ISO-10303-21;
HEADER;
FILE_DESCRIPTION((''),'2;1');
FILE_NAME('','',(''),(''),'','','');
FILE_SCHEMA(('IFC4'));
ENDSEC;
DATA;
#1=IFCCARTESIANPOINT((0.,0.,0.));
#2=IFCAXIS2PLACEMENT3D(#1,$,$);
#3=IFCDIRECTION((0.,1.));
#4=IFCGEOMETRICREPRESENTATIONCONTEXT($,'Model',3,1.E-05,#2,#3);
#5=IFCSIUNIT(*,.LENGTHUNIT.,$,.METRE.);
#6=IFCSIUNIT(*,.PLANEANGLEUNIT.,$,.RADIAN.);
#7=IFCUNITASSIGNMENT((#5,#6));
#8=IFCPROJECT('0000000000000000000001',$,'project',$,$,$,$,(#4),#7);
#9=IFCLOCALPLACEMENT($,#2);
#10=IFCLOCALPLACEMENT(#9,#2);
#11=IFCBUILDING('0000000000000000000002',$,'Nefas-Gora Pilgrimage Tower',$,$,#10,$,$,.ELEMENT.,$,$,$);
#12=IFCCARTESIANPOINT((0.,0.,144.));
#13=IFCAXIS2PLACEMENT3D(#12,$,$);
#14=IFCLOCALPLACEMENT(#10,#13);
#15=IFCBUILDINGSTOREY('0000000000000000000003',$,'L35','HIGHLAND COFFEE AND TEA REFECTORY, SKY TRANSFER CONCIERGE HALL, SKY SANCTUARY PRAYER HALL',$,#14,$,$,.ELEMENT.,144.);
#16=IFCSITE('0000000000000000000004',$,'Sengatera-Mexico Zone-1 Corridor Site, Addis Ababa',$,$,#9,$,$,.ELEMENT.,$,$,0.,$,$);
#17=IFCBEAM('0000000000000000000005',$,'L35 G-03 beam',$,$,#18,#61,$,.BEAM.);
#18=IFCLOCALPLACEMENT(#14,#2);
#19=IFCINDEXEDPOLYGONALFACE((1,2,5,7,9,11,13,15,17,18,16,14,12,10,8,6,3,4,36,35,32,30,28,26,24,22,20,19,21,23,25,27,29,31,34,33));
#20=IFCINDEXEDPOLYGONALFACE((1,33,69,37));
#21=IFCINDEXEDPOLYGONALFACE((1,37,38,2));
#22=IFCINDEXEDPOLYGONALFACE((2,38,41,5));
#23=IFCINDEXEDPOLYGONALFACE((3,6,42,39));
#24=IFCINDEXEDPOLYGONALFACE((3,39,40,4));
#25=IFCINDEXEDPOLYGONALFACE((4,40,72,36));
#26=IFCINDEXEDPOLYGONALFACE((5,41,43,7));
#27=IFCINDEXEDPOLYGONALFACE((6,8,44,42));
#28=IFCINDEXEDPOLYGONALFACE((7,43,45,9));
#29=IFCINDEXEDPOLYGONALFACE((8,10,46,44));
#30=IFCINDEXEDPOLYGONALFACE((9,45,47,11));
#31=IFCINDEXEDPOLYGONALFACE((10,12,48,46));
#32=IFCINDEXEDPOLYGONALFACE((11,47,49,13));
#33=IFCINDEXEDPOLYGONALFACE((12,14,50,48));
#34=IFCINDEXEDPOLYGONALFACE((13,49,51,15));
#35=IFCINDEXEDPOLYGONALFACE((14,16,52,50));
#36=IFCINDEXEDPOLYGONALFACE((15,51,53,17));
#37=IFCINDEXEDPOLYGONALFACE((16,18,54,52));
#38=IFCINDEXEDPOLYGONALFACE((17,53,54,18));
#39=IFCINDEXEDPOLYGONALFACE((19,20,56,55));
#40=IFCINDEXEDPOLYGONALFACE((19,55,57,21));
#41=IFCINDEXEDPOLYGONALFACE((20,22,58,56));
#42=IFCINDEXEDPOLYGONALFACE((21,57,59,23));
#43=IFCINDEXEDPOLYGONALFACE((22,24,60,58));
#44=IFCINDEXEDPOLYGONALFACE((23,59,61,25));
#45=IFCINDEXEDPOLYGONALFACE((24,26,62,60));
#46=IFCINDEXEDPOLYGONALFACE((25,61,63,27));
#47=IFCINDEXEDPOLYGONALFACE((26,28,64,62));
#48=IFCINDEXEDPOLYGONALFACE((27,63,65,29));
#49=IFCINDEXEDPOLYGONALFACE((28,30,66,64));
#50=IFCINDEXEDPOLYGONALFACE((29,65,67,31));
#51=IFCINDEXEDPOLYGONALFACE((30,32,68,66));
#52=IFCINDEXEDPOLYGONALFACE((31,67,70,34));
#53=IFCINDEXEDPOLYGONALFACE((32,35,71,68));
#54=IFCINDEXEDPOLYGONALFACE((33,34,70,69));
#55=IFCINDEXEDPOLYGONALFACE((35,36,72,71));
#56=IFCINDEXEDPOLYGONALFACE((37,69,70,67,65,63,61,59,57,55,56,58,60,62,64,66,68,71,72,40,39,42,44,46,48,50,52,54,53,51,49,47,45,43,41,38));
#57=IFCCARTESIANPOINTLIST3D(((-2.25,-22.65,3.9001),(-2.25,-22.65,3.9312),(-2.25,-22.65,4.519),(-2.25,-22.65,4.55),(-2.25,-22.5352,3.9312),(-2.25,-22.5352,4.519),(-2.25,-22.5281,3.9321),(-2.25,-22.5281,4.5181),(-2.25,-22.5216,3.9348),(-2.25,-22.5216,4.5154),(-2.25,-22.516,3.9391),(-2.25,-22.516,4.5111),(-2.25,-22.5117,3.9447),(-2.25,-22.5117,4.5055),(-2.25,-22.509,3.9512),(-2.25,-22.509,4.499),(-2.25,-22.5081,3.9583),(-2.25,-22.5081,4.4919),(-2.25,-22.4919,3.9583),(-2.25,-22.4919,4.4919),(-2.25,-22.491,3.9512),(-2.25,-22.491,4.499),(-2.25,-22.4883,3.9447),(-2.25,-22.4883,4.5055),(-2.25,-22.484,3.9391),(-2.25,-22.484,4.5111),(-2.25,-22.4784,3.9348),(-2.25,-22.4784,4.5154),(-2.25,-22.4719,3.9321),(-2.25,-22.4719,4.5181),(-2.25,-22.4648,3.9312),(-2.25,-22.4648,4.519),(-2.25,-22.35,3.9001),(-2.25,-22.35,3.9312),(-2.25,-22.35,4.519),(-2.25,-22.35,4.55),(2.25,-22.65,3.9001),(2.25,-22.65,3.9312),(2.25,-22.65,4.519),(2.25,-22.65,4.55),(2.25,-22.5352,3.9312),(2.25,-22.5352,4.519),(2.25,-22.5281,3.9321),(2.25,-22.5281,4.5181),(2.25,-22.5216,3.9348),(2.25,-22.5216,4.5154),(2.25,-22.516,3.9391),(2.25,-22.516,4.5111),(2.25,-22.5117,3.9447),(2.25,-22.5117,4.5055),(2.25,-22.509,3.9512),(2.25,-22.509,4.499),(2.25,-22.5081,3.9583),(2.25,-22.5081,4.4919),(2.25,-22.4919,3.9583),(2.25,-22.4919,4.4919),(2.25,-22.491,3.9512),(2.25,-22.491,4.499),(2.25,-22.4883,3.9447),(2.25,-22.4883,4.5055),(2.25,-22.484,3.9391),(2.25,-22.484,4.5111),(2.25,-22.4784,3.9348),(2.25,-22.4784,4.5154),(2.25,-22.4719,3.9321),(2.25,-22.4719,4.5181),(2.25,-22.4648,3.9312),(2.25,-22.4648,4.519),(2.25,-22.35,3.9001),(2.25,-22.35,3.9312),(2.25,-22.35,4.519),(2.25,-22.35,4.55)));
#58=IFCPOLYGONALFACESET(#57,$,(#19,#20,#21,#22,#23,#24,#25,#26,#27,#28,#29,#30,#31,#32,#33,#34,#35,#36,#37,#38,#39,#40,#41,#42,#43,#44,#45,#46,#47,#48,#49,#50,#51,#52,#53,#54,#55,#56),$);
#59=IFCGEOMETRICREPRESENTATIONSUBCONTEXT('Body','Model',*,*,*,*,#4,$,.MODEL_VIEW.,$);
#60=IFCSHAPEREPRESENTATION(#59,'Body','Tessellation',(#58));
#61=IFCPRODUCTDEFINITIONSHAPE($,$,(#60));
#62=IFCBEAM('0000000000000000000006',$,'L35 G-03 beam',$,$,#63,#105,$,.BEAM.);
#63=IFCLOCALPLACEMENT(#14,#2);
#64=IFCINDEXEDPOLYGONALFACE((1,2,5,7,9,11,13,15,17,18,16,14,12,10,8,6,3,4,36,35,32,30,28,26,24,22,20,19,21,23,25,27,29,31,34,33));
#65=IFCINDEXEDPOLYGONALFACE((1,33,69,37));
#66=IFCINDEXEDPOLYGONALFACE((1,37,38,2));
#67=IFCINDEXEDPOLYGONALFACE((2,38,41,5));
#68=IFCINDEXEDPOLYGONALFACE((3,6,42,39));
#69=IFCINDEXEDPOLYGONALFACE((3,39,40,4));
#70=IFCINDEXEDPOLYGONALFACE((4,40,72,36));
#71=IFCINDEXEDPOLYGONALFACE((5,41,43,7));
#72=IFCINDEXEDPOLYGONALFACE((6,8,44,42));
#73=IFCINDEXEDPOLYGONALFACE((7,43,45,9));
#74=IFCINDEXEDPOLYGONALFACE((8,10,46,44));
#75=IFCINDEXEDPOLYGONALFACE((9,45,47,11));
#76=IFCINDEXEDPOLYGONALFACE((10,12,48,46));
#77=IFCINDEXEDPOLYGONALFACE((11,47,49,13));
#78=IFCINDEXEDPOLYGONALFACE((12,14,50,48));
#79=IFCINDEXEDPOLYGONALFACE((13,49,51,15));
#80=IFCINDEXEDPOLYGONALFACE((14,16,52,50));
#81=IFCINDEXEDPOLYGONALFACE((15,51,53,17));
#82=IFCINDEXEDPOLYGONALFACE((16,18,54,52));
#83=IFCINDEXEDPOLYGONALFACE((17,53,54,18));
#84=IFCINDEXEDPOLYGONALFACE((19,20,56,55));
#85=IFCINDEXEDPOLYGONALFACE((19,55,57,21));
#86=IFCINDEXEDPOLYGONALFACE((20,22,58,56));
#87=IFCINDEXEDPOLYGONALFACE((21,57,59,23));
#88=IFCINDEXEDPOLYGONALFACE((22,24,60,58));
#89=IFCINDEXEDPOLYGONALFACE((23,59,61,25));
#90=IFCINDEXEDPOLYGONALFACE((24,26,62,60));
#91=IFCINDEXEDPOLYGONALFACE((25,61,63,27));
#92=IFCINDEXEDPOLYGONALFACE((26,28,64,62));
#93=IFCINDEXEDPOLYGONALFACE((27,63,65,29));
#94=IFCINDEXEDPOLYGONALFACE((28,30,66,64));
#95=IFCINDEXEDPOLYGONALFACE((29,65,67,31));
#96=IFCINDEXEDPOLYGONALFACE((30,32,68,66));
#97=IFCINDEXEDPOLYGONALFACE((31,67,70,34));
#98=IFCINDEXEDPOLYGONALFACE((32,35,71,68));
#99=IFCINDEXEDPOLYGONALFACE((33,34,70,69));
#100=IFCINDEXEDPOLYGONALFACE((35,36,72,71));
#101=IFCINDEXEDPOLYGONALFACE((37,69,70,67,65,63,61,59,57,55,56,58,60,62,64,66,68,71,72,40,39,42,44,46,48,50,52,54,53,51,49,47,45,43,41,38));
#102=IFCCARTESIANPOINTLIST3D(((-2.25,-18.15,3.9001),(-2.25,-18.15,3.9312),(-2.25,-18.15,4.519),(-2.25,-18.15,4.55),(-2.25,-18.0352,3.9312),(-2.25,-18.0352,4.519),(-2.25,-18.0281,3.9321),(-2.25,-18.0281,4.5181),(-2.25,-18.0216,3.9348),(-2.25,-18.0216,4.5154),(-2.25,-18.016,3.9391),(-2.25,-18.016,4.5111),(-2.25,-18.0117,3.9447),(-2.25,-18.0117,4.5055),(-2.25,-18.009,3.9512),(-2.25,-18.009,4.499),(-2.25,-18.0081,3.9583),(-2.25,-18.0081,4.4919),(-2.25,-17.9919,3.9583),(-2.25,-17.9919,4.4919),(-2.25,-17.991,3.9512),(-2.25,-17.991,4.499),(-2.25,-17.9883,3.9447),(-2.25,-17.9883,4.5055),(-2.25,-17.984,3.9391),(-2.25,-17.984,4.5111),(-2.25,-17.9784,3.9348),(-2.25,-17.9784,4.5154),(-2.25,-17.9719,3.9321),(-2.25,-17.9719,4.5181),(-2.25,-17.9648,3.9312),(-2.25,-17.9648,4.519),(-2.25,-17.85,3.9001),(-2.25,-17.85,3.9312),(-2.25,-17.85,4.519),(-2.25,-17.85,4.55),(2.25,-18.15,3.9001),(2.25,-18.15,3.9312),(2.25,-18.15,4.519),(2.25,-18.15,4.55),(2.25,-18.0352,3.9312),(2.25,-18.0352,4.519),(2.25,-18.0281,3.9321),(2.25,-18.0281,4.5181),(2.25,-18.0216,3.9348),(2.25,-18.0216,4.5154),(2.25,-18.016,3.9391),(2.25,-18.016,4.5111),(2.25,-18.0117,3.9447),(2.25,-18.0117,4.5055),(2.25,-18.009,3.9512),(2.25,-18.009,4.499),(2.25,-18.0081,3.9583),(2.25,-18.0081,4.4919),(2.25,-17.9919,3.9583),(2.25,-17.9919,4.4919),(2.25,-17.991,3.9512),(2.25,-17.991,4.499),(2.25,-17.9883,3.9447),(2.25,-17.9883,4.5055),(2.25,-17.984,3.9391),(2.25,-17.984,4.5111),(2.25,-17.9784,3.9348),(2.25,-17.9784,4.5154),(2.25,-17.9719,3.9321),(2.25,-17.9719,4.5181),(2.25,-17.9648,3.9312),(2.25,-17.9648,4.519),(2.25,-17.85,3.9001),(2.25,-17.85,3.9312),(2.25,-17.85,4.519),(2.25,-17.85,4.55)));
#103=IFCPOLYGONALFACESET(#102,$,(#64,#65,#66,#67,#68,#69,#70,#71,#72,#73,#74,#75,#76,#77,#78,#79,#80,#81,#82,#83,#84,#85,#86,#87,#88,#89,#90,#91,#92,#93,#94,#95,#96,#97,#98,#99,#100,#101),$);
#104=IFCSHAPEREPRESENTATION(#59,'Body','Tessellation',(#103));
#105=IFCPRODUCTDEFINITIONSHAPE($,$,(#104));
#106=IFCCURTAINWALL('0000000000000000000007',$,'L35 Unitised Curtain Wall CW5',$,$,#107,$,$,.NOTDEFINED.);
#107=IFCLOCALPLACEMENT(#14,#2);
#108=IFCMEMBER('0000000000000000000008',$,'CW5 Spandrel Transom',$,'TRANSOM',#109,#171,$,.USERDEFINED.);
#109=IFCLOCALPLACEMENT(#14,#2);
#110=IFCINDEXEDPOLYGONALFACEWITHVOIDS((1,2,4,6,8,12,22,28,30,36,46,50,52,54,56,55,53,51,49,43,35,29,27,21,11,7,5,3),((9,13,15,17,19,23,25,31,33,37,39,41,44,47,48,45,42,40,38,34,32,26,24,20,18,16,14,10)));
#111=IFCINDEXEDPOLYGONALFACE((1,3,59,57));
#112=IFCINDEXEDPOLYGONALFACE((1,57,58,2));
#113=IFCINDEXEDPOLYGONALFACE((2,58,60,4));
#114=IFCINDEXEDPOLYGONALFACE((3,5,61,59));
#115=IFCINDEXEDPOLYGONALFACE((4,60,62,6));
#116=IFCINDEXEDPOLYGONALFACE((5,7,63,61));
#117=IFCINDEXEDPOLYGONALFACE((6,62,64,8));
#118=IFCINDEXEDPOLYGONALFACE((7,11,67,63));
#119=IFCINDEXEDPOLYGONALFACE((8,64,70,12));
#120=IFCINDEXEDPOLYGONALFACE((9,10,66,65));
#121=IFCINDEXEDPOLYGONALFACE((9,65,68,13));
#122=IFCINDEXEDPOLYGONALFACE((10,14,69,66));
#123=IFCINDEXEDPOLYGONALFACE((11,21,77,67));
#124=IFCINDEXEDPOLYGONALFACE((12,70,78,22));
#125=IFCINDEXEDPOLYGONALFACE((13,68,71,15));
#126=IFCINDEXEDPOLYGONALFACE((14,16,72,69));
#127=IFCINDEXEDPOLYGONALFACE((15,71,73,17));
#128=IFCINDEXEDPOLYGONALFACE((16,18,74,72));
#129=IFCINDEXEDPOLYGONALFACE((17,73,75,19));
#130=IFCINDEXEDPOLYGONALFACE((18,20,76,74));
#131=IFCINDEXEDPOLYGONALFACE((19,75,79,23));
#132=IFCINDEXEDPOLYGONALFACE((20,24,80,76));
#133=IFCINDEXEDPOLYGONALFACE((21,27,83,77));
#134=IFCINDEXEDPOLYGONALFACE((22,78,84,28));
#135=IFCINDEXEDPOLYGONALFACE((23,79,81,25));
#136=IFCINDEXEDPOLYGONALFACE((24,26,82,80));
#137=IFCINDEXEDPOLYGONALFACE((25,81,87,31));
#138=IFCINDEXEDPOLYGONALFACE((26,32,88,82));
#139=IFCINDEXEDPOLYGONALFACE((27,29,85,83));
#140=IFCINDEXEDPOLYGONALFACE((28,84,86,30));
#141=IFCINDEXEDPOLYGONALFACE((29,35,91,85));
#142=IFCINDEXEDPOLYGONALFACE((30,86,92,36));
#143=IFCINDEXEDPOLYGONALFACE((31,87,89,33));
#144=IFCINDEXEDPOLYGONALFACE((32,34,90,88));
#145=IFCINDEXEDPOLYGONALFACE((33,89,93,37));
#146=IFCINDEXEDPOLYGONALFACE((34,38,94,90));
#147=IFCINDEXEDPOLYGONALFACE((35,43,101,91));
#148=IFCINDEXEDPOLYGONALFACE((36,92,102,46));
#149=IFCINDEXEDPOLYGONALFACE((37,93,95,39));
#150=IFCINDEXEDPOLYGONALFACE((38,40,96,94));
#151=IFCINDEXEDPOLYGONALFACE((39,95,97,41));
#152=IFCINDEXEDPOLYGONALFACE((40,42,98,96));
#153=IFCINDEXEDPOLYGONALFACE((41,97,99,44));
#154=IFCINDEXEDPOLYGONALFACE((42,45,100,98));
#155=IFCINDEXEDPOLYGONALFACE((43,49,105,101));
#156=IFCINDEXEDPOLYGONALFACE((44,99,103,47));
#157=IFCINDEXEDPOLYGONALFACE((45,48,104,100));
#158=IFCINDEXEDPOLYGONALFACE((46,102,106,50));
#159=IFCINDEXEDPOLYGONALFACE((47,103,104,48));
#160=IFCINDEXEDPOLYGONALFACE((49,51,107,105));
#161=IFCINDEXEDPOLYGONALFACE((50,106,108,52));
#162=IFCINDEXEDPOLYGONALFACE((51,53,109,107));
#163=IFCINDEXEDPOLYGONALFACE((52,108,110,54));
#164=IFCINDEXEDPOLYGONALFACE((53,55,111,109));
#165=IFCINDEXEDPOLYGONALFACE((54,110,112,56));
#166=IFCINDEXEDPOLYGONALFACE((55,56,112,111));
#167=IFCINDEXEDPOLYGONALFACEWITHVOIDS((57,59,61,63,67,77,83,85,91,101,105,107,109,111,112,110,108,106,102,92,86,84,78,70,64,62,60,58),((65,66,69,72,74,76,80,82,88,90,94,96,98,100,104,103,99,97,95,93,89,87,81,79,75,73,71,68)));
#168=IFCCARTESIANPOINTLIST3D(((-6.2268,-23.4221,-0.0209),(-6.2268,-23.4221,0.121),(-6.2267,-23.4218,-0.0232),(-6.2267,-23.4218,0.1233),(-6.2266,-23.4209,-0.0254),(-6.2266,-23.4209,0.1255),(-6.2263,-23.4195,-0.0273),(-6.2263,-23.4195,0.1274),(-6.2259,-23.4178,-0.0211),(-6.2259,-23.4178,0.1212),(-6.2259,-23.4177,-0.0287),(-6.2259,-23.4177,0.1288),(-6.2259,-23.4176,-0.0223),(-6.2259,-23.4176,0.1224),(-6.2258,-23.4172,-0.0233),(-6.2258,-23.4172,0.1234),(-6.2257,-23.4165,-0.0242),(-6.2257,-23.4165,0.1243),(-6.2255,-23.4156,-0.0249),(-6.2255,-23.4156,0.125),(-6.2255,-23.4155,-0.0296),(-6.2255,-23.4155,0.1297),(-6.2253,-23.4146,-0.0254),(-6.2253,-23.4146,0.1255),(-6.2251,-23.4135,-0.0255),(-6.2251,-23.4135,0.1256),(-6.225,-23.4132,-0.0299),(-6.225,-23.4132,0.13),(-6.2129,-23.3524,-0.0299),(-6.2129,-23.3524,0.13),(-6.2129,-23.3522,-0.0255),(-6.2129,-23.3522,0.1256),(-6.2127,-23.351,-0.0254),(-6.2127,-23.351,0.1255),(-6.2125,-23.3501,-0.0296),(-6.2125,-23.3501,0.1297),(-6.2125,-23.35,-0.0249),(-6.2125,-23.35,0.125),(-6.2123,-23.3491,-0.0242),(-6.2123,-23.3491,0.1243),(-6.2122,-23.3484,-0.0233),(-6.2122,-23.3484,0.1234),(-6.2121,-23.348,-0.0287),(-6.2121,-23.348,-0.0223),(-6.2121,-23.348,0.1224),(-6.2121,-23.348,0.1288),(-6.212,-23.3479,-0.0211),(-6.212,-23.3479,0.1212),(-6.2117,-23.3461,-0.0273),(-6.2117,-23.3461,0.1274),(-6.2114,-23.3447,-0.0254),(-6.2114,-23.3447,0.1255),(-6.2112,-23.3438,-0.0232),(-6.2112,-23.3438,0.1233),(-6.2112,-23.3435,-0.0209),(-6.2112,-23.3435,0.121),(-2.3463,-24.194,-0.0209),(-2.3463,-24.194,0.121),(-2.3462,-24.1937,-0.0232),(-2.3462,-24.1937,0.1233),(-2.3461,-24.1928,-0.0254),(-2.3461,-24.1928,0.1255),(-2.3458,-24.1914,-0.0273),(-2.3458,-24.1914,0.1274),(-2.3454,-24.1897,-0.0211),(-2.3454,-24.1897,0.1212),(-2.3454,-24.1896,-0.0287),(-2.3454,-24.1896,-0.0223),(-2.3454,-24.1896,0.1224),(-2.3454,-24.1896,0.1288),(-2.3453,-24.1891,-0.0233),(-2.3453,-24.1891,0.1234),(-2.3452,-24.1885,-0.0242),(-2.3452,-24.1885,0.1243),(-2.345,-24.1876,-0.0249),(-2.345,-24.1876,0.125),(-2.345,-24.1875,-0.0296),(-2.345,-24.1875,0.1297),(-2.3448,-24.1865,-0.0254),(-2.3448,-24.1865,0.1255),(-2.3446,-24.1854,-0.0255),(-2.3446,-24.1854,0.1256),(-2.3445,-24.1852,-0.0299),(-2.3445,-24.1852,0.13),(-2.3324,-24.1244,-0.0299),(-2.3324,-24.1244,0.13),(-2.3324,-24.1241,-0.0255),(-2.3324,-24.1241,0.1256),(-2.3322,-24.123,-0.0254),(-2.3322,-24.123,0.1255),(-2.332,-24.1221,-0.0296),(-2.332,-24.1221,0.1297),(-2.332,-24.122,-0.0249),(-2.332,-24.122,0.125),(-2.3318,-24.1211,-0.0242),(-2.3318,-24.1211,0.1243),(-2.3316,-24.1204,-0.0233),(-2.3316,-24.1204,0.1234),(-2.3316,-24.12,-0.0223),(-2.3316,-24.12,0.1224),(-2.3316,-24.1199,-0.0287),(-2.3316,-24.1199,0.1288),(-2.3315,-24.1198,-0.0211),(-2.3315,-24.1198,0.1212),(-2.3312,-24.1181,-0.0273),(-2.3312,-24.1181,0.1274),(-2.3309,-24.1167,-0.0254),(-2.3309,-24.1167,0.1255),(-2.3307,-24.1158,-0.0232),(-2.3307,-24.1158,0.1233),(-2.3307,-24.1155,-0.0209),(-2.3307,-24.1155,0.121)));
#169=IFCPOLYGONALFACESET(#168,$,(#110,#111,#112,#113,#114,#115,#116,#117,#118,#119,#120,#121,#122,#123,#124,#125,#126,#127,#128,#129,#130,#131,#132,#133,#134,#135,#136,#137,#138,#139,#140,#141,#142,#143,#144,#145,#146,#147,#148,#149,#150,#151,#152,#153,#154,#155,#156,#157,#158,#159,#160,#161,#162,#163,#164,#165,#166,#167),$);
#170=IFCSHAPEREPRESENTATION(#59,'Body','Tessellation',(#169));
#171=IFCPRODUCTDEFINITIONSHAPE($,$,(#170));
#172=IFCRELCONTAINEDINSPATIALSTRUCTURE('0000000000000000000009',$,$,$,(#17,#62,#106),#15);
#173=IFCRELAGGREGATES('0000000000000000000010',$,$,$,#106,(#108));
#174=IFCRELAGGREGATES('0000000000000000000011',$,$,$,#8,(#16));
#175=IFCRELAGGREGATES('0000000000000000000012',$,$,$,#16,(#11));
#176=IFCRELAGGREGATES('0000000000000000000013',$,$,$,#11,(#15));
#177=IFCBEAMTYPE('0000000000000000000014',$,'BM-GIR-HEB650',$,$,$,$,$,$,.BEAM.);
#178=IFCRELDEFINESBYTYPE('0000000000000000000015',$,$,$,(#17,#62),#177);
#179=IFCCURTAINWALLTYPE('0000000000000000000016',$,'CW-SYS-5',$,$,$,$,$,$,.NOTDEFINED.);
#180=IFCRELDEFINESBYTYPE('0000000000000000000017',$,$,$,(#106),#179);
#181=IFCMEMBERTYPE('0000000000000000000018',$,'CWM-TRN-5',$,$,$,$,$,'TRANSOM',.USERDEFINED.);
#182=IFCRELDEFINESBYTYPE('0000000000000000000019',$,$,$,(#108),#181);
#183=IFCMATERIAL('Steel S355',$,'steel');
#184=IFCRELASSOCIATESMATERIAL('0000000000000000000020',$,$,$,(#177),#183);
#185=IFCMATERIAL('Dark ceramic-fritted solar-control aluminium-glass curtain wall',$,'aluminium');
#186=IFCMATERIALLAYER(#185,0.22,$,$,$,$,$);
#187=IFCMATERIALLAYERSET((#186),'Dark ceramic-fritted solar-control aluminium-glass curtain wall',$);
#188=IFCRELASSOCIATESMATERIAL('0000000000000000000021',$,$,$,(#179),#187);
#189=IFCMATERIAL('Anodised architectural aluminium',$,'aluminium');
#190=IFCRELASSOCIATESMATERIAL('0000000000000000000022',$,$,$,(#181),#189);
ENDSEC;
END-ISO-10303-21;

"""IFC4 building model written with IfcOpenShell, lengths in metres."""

from ifc_helpers import new_model, si_unit, direction, frame, origin, origin_2d, place, context, subcontext, project, spatial, hollow_rectangle, i_section, extrude, source, transform, mapped, material, layer, layer_set, material_profile, profile_set, type_object, element, aggregate, save


model = new_model("IFC4")

# Units and contexts
model_context = context("Model", 3, precision=1e-05, world=origin(), true_north=direction((0.0, 1.0)))
body_context = subcontext(model_context, "Body", "Model", "MODEL_VIEW")
ifc_project = project(units=[si_unit("LENGTHUNIT", "METRE"), si_unit("PLANEANGLEUNIT", "RADIAN")], contexts=[model_context])

# Site, building, storey
site_placement = place(None, origin())
site = spatial("IfcSite", under=ifc_project, at=site_placement, Name="Sengatera-Mexico Zone-1 Corridor Site, Addis Ababa", CompositionType="ELEMENT", RefElevation=0.0)
building_placement = place(site_placement, origin())
building = spatial("IfcBuilding", under=site, at=building_placement, Name="Nefas-Gora Pilgrimage Tower", CompositionType="ELEMENT")
storey_placement = place(building_placement, frame((0.0, 0.0, 144.0)))
storey = spatial("IfcBuildingStorey", under=building, at=storey_placement, Name="L35", Description="HIGHLAND COFFEE AND TEA REFECTORY, SKY TRANSFER CONCIERGE HALL, SKY SANCTUARY PRAYER HALL", CompositionType="ELEMENT", Elevation=144.0)

# Beams
ifc_material_1 = material(Name="Steel S355", Category="steel")
ifc_material_profile_1 = material_profile(ifc_material_1, i_section(OverallWidth=0.3, OverallDepth=0.6499, WebThickness=0.0161, FlangeThickness=0.031, FilletRadius=0.0271, at=origin_2d()), Name="HEB 650")
ifc_profile_set_1 = profile_set([ifc_material_profile_1], Name="Steel S355")
beam_type = type_object("IfcBeamType", Name="BM-GIR-HEB650", PredefinedType="BEAM", material=ifc_profile_set_1)
shared_shape_1 = source(origin(), body_context, "Body", "SweptSolid", [
    extrude(i_section(OverallWidth=0.3, OverallDepth=0.6499, WebThickness=0.0161, FlangeThickness=0.031, FilletRadius=0.0271, at=origin_2d()), origin(), (0.0, 0.0, 1.0), 4.5),
])
for number, where, z_axis, x_axis, name in (
    (1, (-2.25, -22.5, 4.2251), (1.0, 0.0, 0.0), (0.0, 1.0, 0.0), "L35 G-03 beam"),
    (2, (-2.25, -18.0, 4.2251), (1.0, 0.0, 0.0), (0.0, 1.0, 0.0), "L35 G-03 beam"),
):
    element("IfcBeam", number, at=place(storey_placement, frame(where, z_axis=z_axis, x_axis=x_axis)), inside=storey, type_object=beam_type, Name=name, PredefinedType="BEAM", context=body_context, shape_type="MappedRepresentation", body=[
        mapped(shared_shape_1, transform((0.0, 0.0, 0.0), x_axis=(1.0, 0.0, 0.0), y_axis=(0.0, 1.0, 0.0), z_axis=(0.0, 0.0, 1.0), scale=1.0)),
    ])

# Curtain wall, member
ifc_material_2 = material(Name="Dark ceramic-fritted solar-control aluminium-glass curtain wall", Category="aluminium")
ifc_layer_1 = layer(ifc_material_2, 0.22)
ifc_layer_set_1 = layer_set([ifc_layer_1], Name="Dark ceramic-fritted solar-control aluminium-glass curtain wall")
curtain_wall_type = type_object("IfcCurtainWallType", Name="CW-SYS-5", PredefinedType="NOTDEFINED", material=ifc_layer_set_1)
curtain_wall_1_placement = place(storey_placement, origin())
curtain_wall_1 = element("IfcCurtainWall", 3, at=curtain_wall_1_placement, inside=storey, type_object=curtain_wall_type, Name="L35 Unitised Curtain Wall CW5", PredefinedType="NOTDEFINED")
ifc_material_3 = material(Name="Anodised architectural aluminium", Category="aluminium")
ifc_material_profile_2 = material_profile(ifc_material_3, hollow_rectangle(XDim=0.0801, YDim=0.1599, WallThickness=0.0044, InnerFilletRadius=0.0044, OuterFilletRadius=0.009, at=origin_2d()), Name="ALU TRANSOM 80x160")
ifc_profile_set_2 = profile_set([ifc_material_profile_2], Name="Anodised architectural aluminium")
member_type_1 = type_object("IfcMemberType", Name="CWM-TRN-5", ElementType="TRANSOM", PredefinedType="USERDEFINED", material=ifc_profile_set_2)
shared_shape_2 = source(origin(), body_context, "Body", "SweptSolid", [
    extrude(hollow_rectangle(XDim=0.0801, YDim=0.1599, WallThickness=0.0044, InnerFilletRadius=0.0044, OuterFilletRadius=0.009, at=origin_2d()), origin(), (0.0, 0.0, 1.0), 3.9565),
])
member_1_placement = place(storey_placement, frame((-6.219, -23.3828, 0.05), z_axis=(0.980782, -0.195107, 0.0), x_axis=(0.195107, 0.980782, 0.0)))
member_1 = element("IfcMember", 4, at=member_1_placement, type_object=member_type_1, Name="CW5 Spandrel Transom", ObjectType="TRANSOM", PredefinedType="USERDEFINED", context=body_context, shape_type="MappedRepresentation", body=[
    mapped(shared_shape_2, transform((0.0, 0.0, 0.0), x_axis=(1.0, 0.0, 0.0), y_axis=(0.0, 1.0, 0.0), z_axis=(0.0, 0.0, 1.0), scale=1.0)),
])

aggregate(curtain_wall_1, [member_1])

save(model, "model.ifc")
